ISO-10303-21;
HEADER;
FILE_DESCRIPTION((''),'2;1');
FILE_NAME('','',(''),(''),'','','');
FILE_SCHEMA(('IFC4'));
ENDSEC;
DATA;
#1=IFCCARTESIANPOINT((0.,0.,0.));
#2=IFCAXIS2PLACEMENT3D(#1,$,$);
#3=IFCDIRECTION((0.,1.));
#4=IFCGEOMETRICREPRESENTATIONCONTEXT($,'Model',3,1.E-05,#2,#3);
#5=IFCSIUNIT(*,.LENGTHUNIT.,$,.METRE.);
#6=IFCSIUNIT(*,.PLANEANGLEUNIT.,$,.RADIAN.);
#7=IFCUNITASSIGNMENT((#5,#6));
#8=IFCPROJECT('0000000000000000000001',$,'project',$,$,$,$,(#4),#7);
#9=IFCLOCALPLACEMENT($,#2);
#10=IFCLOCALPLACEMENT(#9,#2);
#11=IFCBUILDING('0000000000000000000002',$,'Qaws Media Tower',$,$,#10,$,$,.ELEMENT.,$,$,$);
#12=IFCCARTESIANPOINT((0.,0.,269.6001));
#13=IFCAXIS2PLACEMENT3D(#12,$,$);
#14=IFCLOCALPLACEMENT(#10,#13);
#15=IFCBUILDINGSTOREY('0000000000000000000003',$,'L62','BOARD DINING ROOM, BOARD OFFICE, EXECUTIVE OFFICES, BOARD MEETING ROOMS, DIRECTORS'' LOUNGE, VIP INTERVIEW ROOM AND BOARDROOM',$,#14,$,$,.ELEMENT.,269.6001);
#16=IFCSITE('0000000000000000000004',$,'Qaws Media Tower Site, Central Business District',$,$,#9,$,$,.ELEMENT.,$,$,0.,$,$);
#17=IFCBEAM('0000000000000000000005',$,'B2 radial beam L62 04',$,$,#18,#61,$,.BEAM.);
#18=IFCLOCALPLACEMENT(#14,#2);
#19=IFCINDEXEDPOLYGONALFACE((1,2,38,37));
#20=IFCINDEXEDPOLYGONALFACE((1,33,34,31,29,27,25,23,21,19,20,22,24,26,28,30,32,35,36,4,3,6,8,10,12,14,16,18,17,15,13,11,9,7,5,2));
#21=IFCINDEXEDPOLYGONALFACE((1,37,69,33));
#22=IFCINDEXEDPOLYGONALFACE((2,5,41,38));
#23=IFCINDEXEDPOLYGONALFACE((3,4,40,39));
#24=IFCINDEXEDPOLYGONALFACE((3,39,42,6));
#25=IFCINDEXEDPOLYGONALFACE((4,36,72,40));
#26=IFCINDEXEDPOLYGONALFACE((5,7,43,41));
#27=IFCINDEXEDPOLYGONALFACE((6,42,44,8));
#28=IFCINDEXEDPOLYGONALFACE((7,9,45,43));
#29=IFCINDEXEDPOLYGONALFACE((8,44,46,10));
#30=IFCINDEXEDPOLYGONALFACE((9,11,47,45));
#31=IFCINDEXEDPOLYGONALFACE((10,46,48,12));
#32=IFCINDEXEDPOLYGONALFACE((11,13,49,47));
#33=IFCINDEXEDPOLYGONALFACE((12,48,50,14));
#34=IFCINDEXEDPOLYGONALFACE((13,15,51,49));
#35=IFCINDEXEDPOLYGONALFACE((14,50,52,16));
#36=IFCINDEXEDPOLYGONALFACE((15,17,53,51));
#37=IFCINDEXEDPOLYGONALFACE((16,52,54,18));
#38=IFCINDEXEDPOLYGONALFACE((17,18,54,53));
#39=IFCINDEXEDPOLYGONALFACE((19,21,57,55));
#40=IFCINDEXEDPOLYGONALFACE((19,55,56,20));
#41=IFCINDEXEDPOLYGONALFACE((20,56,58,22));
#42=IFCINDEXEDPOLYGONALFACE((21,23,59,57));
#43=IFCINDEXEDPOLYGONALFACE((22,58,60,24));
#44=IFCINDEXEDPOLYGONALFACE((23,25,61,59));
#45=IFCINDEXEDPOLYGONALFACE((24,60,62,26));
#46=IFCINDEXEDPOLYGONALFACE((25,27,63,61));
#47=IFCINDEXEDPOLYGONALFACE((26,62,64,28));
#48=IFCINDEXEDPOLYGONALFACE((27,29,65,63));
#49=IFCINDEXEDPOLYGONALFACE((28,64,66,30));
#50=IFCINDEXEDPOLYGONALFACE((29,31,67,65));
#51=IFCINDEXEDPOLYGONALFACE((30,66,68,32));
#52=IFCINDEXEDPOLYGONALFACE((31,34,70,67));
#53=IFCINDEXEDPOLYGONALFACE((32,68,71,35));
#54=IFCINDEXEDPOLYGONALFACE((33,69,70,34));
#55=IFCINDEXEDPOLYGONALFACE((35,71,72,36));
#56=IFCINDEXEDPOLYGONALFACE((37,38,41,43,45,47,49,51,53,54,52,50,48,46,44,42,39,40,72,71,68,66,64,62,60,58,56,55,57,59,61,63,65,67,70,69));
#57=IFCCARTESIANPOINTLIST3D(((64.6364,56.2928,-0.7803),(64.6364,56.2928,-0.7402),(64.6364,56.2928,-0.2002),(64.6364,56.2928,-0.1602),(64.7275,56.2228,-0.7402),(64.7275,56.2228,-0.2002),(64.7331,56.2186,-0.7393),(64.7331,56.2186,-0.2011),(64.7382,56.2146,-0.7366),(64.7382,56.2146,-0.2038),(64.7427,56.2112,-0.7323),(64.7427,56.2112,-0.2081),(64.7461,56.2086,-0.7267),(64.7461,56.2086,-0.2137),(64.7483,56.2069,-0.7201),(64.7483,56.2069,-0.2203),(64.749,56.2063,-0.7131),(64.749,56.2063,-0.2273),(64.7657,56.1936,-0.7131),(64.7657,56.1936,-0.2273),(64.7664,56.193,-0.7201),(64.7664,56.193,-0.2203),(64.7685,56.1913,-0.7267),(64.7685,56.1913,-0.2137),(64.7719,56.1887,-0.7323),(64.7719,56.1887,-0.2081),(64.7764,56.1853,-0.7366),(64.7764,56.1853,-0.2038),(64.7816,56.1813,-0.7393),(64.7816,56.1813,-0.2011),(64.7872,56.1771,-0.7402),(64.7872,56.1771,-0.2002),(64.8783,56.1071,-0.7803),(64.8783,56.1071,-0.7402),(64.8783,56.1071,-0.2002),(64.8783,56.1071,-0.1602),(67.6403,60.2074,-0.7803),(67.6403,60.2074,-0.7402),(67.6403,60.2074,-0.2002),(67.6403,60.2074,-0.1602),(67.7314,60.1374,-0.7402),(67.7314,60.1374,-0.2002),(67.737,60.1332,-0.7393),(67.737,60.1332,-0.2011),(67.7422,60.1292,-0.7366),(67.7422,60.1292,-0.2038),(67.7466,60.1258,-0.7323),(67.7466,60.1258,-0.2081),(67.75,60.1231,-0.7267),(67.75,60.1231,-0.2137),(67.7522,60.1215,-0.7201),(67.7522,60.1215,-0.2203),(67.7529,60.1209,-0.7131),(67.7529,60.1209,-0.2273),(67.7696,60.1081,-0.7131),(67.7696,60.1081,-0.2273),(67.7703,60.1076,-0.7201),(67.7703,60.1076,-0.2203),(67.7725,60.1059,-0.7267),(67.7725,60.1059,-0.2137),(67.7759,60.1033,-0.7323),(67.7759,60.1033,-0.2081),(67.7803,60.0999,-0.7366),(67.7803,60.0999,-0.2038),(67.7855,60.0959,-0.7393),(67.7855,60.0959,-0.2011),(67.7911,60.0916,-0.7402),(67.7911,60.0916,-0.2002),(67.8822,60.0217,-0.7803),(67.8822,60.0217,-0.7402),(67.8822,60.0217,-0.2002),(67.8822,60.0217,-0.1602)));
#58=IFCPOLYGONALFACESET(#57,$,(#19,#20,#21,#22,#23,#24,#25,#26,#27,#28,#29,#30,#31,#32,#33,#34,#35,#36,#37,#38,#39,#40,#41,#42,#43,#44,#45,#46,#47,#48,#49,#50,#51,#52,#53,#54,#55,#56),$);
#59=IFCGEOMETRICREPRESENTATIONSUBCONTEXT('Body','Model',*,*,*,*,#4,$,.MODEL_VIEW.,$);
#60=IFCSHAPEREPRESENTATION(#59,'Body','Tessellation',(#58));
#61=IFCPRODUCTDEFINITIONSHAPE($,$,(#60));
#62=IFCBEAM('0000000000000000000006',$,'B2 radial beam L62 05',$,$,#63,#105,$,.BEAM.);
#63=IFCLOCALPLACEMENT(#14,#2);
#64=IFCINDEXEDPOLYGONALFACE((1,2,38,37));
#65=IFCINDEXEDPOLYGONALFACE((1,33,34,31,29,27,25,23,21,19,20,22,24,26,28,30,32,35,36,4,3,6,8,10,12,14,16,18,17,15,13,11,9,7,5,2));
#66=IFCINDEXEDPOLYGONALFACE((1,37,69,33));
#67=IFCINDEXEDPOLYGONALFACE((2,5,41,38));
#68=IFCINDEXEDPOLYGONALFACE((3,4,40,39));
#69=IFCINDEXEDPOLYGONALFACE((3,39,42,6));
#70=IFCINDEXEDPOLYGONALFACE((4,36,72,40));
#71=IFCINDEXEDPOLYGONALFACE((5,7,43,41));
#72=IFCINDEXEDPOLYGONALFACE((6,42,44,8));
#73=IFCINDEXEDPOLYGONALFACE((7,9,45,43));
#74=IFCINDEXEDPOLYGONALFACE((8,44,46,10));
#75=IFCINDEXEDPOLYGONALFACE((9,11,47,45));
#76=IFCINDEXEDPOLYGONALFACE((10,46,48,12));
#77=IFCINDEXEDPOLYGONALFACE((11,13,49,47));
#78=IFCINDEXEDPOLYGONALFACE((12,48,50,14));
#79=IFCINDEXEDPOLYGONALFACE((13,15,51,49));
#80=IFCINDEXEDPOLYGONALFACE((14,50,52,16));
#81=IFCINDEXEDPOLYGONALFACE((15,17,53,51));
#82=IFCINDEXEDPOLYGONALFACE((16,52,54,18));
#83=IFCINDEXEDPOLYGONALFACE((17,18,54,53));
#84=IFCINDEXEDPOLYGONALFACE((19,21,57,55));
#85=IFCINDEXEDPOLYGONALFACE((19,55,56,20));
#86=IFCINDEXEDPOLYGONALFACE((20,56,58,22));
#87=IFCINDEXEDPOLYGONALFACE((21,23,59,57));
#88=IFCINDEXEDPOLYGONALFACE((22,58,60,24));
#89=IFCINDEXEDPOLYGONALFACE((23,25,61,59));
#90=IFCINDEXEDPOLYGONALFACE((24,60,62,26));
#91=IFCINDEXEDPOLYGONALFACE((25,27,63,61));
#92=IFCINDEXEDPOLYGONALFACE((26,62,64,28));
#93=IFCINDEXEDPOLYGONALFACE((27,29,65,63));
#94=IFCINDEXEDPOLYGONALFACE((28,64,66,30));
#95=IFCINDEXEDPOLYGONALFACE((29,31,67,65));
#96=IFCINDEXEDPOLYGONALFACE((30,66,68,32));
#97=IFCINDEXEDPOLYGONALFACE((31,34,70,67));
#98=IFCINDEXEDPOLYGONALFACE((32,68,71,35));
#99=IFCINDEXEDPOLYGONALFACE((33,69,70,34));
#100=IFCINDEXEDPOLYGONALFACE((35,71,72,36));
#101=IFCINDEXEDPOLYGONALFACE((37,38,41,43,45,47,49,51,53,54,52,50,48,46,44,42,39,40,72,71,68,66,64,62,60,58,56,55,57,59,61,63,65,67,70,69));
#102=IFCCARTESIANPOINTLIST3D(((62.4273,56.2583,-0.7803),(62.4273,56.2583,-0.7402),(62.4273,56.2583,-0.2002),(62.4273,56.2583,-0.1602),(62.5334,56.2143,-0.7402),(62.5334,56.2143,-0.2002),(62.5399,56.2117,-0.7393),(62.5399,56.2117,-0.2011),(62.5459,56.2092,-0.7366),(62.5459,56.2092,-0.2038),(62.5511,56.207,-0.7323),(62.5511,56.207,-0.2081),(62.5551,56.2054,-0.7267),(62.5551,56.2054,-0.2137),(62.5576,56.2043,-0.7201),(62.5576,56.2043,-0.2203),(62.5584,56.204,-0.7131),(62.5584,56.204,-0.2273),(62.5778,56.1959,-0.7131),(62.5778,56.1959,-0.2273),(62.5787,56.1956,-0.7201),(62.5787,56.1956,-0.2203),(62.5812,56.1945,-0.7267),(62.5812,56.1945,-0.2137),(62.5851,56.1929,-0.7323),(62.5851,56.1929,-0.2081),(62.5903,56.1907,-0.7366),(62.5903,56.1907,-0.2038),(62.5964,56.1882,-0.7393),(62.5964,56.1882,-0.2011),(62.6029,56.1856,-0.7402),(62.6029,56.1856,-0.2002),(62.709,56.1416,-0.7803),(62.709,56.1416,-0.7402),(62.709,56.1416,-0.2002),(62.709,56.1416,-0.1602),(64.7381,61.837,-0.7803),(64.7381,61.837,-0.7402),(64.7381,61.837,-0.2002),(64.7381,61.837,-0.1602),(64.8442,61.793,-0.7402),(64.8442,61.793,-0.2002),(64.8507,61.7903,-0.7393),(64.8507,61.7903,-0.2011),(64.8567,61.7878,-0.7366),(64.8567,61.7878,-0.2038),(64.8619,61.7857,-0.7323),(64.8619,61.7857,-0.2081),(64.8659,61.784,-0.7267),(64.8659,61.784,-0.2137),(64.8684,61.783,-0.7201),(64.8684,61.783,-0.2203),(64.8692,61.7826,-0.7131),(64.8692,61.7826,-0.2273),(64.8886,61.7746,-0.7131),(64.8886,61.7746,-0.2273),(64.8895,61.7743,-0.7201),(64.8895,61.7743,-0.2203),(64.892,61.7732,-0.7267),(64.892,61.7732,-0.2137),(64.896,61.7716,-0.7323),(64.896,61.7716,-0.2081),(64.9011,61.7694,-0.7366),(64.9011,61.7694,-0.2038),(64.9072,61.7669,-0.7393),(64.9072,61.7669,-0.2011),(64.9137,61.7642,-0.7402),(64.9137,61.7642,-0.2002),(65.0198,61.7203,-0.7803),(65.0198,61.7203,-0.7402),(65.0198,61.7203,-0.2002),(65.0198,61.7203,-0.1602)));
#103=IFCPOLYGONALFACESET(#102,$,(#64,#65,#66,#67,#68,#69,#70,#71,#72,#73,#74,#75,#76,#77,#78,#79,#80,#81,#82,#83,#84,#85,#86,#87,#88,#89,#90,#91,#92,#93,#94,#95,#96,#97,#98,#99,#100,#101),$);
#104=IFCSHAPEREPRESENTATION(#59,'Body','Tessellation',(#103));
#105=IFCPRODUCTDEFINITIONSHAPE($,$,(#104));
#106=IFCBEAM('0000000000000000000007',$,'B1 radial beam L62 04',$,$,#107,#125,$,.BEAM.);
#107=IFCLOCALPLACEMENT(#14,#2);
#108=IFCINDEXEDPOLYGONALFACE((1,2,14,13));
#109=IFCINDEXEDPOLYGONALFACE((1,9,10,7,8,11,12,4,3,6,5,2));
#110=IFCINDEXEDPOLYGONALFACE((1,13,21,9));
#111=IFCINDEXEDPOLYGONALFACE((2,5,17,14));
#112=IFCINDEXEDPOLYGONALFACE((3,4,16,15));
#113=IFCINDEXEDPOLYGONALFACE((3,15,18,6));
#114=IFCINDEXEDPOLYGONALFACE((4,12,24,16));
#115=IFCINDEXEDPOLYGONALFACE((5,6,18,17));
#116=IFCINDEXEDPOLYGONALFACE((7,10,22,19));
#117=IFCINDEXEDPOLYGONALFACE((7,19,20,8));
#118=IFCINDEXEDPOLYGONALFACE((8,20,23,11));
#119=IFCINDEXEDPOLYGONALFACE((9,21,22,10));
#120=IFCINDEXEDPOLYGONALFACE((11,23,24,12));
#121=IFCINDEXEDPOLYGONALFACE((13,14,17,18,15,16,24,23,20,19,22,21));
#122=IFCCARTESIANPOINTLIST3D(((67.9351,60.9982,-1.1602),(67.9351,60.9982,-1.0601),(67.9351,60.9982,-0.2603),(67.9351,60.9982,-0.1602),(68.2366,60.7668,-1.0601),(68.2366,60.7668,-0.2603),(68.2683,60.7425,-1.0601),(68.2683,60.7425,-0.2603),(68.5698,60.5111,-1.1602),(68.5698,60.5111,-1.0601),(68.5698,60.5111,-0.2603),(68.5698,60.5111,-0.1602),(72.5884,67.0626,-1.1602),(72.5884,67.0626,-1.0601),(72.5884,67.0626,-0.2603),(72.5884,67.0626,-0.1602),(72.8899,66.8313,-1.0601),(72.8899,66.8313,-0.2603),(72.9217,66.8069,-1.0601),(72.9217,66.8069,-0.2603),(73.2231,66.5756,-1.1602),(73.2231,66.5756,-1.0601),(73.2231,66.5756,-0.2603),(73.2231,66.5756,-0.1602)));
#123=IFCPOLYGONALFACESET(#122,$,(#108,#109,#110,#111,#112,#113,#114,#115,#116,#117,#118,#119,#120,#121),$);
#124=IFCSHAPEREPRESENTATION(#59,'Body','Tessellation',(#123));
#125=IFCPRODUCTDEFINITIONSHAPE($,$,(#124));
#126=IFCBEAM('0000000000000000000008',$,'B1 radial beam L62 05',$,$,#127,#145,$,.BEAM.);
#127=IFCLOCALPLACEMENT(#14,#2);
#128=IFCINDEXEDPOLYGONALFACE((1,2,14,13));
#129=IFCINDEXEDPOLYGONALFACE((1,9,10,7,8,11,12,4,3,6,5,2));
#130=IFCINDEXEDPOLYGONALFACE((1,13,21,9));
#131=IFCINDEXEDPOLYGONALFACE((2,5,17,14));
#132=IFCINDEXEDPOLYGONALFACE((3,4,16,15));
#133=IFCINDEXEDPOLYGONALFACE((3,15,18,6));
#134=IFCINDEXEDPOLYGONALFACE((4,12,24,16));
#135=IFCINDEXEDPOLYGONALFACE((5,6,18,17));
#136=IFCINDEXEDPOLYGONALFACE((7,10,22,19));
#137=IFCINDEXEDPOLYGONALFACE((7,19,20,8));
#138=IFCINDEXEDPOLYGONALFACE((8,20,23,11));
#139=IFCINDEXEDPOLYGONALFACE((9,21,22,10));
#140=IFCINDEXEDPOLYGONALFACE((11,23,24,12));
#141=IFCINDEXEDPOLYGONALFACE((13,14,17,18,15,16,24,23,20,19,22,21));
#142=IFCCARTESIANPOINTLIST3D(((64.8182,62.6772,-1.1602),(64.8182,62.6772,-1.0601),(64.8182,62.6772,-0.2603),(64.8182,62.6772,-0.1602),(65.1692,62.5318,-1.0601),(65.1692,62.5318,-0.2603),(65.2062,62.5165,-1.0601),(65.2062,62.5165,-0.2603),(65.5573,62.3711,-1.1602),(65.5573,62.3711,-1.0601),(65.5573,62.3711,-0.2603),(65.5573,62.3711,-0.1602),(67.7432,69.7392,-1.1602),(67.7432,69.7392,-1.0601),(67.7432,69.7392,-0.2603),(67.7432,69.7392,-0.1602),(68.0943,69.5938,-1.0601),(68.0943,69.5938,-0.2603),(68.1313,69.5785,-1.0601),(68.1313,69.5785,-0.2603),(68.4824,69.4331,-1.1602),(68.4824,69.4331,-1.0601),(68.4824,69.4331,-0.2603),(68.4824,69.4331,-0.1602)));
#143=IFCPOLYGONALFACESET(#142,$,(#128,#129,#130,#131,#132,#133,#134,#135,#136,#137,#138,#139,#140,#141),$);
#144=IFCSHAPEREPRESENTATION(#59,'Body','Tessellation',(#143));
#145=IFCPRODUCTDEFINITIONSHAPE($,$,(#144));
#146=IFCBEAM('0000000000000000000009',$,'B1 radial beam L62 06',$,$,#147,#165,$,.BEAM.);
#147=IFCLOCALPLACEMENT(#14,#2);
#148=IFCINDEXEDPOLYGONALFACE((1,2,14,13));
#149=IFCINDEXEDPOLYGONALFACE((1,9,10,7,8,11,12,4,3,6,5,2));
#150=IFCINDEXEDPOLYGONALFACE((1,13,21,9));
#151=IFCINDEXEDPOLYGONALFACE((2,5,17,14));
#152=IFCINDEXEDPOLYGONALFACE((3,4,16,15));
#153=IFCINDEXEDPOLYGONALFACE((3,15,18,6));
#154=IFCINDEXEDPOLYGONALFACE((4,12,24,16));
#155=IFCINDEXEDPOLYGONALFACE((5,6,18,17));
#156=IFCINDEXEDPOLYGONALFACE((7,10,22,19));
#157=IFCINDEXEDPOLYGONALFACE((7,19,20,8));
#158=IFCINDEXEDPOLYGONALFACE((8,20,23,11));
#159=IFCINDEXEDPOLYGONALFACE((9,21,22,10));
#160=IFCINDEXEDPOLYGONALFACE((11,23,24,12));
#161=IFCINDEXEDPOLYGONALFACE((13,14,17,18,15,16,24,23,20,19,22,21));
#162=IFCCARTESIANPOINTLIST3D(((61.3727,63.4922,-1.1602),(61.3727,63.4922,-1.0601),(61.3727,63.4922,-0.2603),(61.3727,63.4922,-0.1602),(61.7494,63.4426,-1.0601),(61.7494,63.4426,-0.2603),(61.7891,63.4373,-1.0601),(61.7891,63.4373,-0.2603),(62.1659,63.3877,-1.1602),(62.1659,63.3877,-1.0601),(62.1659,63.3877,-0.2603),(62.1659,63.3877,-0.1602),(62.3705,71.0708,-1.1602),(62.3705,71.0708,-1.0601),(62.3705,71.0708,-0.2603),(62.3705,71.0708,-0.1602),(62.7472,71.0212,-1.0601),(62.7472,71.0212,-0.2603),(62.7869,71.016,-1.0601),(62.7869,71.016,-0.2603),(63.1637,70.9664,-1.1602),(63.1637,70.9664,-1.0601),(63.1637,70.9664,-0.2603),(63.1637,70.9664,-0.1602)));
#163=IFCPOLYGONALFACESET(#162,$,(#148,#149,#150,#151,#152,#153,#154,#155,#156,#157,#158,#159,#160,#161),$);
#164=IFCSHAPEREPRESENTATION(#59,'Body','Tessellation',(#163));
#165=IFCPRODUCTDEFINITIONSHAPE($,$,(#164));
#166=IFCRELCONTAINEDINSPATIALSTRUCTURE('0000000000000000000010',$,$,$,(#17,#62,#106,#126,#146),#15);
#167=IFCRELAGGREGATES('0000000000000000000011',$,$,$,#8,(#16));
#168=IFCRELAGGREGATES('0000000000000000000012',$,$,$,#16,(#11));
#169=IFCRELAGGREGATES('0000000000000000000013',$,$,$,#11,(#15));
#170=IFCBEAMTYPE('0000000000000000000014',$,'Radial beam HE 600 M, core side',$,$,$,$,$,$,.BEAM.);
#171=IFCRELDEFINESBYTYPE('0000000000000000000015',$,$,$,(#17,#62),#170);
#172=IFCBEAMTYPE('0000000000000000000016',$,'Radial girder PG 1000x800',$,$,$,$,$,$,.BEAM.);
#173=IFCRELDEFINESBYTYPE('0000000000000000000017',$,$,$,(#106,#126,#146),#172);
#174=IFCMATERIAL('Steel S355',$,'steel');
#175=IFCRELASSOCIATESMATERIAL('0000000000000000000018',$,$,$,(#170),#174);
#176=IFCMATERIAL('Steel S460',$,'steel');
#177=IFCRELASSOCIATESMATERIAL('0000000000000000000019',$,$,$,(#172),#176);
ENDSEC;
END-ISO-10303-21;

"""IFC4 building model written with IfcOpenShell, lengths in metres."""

from ifc_helpers import new_model, si_unit, direction, frame, origin, origin_2d, place, context, subcontext, project, spatial, i_section, extrude, material, material_profile, profile_set, type_object, element, save


model = new_model("IFC4")

# Units and contexts
model_context = context("Model", 3, precision=1e-05, world=origin(), true_north=direction((0.0, 1.0)))
body_context = subcontext(model_context, "Body", "Model", "MODEL_VIEW")
ifc_project = project(units=[si_unit("LENGTHUNIT", "METRE"), si_unit("PLANEANGLEUNIT", "RADIAN")], contexts=[model_context])

# Site, building, storey
site_placement = place(None, origin())
site = spatial("IfcSite", under=ifc_project, at=site_placement, Name="Qaws Media Tower Site, Central Business District", CompositionType="ELEMENT", RefElevation=0.0)
building_placement = place(site_placement, origin())
building = spatial("IfcBuilding", under=site, at=building_placement, Name="Qaws Media Tower", CompositionType="ELEMENT")
storey_placement = place(building_placement, frame((0.0, 0.0, 269.6001)))
storey = spatial("IfcBuildingStorey", under=building, at=storey_placement, Name="L62", Description="BOARD DINING ROOM, BOARD OFFICE, EXECUTIVE OFFICES, BOARD MEETING ROOMS, DIRECTORS' LOUNGE, VIP INTERVIEW ROOM AND BOARDROOM", CompositionType="ELEMENT", Elevation=269.6001)

# Beams
ifc_material_1 = material(Name="Steel S355", Category="steel")
ifc_material_profile_1 = material_profile(ifc_material_1, i_section(OverallWidth=0.3049, OverallDepth=0.6201, WebThickness=0.021, FlangeThickness=0.04, FilletRadius=0.0271, at=origin_2d()), Name="HE 600 M")
ifc_profile_set_1 = profile_set([ifc_material_profile_1], Name="Steel S355")
beam_type_1 = type_object("IfcBeamType", Name="Radial beam HE 600 M, core side", PredefinedType="BEAM", material=ifc_profile_set_1)
beam_1_placement = place(storey_placement, frame((64.7573, 56.2, -0.4702), z_axis=(0.608783, 0.793337, 0.0), x_axis=(-0.793337, 0.608783, 0.0)))
element("IfcBeam", 1, at=beam_1_placement, inside=storey, type_object=beam_type_1, Name="B2 radial beam L62 04", PredefinedType="BEAM", context=body_context, shape_type="SweptSolid", body=[
    extrude(i_section(OverallWidth=0.3049, OverallDepth=0.6201, WebThickness=0.021, FlangeThickness=0.04, FilletRadius=0.0271, at=origin_2d()), origin(), (0.0, 0.0, 1.0), 4.9343),
])
beam_2_placement = place(storey_placement, frame((62.5681, 56.2, -0.4702), z_axis=(0.382691, 0.923876, 0.0), x_axis=(-0.923876, 0.382691, 0.0)))
element("IfcBeam", 2, at=beam_2_placement, inside=storey, type_object=beam_type_1, Name="B2 radial beam L62 05", PredefinedType="BEAM", context=body_context, shape_type="SweptSolid", body=[
    extrude(i_section(OverallWidth=0.3049, OverallDepth=0.6201, WebThickness=0.021, FlangeThickness=0.04, FilletRadius=0.0271, at=origin_2d()), origin(), (0.0, 0.0, 1.0), 6.0383),
])
ifc_material_2 = material(Name="Steel S460", Category="steel")
ifc_material_profile_2 = material_profile(ifc_material_2, i_section(OverallWidth=0.8, OverallDepth=1.0, WebThickness=0.04, FlangeThickness=0.1001, at=origin_2d()), Name="PG 1000x800")
ifc_profile_set_2 = profile_set([ifc_material_profile_2], Name="Steel S460")
beam_type_2 = type_object("IfcBeamType", Name="Radial girder PG 1000x800", PredefinedType="BEAM", material=ifc_profile_set_2)
beam_3_placement = place(storey_placement, frame((68.2524, 60.7546, -0.6602), z_axis=(0.608753, 0.79336, 0.0), x_axis=(-0.79336, 0.608753, 0.0)))
element("IfcBeam", 3, at=beam_3_placement, inside=storey, type_object=beam_type_2, Name="B1 radial beam L62 04", PredefinedType="BEAM", context=body_context, shape_type="SweptSolid", body=[
    extrude(i_section(OverallWidth=0.8, OverallDepth=1.0, WebThickness=0.04, FlangeThickness=0.1001, at=origin_2d()), origin(), (0.0, 0.0, 1.0), 7.644),
])
beam_4_placement = place(storey_placement, frame((65.1877, 62.5242, -0.6602), z_axis=(0.382669, 0.923886, 0.0), x_axis=(-0.923886, 0.382669, 0.0)))
element("IfcBeam", 4, at=beam_4_placement, inside=storey, type_object=beam_type_2, Name="B1 radial beam L62 05", PredefinedType="BEAM", context=body_context, shape_type="SweptSolid", body=[
    extrude(i_section(OverallWidth=0.8, OverallDepth=1.0, WebThickness=0.04, FlangeThickness=0.1001, at=origin_2d()), origin(), (0.0, 0.0, 1.0), 7.6438),
])
beam_5_placement = place(storey_placement, frame((61.7693, 63.4399, -0.6602), z_axis=(0.130534, 0.991444, 0.0), x_axis=(-0.991444, 0.130534, 0.0)))
element("IfcBeam", 5, at=beam_5_placement, inside=storey, type_object=beam_type_2, Name="B1 radial beam L62 06", PredefinedType="BEAM", context=body_context, shape_type="SweptSolid", body=[
    extrude(i_section(OverallWidth=0.8, OverallDepth=1.0, WebThickness=0.04, FlangeThickness=0.1001, at=origin_2d()), origin(), (0.0, 0.0, 1.0), 7.644),
])

save(model, "model.ifc")
